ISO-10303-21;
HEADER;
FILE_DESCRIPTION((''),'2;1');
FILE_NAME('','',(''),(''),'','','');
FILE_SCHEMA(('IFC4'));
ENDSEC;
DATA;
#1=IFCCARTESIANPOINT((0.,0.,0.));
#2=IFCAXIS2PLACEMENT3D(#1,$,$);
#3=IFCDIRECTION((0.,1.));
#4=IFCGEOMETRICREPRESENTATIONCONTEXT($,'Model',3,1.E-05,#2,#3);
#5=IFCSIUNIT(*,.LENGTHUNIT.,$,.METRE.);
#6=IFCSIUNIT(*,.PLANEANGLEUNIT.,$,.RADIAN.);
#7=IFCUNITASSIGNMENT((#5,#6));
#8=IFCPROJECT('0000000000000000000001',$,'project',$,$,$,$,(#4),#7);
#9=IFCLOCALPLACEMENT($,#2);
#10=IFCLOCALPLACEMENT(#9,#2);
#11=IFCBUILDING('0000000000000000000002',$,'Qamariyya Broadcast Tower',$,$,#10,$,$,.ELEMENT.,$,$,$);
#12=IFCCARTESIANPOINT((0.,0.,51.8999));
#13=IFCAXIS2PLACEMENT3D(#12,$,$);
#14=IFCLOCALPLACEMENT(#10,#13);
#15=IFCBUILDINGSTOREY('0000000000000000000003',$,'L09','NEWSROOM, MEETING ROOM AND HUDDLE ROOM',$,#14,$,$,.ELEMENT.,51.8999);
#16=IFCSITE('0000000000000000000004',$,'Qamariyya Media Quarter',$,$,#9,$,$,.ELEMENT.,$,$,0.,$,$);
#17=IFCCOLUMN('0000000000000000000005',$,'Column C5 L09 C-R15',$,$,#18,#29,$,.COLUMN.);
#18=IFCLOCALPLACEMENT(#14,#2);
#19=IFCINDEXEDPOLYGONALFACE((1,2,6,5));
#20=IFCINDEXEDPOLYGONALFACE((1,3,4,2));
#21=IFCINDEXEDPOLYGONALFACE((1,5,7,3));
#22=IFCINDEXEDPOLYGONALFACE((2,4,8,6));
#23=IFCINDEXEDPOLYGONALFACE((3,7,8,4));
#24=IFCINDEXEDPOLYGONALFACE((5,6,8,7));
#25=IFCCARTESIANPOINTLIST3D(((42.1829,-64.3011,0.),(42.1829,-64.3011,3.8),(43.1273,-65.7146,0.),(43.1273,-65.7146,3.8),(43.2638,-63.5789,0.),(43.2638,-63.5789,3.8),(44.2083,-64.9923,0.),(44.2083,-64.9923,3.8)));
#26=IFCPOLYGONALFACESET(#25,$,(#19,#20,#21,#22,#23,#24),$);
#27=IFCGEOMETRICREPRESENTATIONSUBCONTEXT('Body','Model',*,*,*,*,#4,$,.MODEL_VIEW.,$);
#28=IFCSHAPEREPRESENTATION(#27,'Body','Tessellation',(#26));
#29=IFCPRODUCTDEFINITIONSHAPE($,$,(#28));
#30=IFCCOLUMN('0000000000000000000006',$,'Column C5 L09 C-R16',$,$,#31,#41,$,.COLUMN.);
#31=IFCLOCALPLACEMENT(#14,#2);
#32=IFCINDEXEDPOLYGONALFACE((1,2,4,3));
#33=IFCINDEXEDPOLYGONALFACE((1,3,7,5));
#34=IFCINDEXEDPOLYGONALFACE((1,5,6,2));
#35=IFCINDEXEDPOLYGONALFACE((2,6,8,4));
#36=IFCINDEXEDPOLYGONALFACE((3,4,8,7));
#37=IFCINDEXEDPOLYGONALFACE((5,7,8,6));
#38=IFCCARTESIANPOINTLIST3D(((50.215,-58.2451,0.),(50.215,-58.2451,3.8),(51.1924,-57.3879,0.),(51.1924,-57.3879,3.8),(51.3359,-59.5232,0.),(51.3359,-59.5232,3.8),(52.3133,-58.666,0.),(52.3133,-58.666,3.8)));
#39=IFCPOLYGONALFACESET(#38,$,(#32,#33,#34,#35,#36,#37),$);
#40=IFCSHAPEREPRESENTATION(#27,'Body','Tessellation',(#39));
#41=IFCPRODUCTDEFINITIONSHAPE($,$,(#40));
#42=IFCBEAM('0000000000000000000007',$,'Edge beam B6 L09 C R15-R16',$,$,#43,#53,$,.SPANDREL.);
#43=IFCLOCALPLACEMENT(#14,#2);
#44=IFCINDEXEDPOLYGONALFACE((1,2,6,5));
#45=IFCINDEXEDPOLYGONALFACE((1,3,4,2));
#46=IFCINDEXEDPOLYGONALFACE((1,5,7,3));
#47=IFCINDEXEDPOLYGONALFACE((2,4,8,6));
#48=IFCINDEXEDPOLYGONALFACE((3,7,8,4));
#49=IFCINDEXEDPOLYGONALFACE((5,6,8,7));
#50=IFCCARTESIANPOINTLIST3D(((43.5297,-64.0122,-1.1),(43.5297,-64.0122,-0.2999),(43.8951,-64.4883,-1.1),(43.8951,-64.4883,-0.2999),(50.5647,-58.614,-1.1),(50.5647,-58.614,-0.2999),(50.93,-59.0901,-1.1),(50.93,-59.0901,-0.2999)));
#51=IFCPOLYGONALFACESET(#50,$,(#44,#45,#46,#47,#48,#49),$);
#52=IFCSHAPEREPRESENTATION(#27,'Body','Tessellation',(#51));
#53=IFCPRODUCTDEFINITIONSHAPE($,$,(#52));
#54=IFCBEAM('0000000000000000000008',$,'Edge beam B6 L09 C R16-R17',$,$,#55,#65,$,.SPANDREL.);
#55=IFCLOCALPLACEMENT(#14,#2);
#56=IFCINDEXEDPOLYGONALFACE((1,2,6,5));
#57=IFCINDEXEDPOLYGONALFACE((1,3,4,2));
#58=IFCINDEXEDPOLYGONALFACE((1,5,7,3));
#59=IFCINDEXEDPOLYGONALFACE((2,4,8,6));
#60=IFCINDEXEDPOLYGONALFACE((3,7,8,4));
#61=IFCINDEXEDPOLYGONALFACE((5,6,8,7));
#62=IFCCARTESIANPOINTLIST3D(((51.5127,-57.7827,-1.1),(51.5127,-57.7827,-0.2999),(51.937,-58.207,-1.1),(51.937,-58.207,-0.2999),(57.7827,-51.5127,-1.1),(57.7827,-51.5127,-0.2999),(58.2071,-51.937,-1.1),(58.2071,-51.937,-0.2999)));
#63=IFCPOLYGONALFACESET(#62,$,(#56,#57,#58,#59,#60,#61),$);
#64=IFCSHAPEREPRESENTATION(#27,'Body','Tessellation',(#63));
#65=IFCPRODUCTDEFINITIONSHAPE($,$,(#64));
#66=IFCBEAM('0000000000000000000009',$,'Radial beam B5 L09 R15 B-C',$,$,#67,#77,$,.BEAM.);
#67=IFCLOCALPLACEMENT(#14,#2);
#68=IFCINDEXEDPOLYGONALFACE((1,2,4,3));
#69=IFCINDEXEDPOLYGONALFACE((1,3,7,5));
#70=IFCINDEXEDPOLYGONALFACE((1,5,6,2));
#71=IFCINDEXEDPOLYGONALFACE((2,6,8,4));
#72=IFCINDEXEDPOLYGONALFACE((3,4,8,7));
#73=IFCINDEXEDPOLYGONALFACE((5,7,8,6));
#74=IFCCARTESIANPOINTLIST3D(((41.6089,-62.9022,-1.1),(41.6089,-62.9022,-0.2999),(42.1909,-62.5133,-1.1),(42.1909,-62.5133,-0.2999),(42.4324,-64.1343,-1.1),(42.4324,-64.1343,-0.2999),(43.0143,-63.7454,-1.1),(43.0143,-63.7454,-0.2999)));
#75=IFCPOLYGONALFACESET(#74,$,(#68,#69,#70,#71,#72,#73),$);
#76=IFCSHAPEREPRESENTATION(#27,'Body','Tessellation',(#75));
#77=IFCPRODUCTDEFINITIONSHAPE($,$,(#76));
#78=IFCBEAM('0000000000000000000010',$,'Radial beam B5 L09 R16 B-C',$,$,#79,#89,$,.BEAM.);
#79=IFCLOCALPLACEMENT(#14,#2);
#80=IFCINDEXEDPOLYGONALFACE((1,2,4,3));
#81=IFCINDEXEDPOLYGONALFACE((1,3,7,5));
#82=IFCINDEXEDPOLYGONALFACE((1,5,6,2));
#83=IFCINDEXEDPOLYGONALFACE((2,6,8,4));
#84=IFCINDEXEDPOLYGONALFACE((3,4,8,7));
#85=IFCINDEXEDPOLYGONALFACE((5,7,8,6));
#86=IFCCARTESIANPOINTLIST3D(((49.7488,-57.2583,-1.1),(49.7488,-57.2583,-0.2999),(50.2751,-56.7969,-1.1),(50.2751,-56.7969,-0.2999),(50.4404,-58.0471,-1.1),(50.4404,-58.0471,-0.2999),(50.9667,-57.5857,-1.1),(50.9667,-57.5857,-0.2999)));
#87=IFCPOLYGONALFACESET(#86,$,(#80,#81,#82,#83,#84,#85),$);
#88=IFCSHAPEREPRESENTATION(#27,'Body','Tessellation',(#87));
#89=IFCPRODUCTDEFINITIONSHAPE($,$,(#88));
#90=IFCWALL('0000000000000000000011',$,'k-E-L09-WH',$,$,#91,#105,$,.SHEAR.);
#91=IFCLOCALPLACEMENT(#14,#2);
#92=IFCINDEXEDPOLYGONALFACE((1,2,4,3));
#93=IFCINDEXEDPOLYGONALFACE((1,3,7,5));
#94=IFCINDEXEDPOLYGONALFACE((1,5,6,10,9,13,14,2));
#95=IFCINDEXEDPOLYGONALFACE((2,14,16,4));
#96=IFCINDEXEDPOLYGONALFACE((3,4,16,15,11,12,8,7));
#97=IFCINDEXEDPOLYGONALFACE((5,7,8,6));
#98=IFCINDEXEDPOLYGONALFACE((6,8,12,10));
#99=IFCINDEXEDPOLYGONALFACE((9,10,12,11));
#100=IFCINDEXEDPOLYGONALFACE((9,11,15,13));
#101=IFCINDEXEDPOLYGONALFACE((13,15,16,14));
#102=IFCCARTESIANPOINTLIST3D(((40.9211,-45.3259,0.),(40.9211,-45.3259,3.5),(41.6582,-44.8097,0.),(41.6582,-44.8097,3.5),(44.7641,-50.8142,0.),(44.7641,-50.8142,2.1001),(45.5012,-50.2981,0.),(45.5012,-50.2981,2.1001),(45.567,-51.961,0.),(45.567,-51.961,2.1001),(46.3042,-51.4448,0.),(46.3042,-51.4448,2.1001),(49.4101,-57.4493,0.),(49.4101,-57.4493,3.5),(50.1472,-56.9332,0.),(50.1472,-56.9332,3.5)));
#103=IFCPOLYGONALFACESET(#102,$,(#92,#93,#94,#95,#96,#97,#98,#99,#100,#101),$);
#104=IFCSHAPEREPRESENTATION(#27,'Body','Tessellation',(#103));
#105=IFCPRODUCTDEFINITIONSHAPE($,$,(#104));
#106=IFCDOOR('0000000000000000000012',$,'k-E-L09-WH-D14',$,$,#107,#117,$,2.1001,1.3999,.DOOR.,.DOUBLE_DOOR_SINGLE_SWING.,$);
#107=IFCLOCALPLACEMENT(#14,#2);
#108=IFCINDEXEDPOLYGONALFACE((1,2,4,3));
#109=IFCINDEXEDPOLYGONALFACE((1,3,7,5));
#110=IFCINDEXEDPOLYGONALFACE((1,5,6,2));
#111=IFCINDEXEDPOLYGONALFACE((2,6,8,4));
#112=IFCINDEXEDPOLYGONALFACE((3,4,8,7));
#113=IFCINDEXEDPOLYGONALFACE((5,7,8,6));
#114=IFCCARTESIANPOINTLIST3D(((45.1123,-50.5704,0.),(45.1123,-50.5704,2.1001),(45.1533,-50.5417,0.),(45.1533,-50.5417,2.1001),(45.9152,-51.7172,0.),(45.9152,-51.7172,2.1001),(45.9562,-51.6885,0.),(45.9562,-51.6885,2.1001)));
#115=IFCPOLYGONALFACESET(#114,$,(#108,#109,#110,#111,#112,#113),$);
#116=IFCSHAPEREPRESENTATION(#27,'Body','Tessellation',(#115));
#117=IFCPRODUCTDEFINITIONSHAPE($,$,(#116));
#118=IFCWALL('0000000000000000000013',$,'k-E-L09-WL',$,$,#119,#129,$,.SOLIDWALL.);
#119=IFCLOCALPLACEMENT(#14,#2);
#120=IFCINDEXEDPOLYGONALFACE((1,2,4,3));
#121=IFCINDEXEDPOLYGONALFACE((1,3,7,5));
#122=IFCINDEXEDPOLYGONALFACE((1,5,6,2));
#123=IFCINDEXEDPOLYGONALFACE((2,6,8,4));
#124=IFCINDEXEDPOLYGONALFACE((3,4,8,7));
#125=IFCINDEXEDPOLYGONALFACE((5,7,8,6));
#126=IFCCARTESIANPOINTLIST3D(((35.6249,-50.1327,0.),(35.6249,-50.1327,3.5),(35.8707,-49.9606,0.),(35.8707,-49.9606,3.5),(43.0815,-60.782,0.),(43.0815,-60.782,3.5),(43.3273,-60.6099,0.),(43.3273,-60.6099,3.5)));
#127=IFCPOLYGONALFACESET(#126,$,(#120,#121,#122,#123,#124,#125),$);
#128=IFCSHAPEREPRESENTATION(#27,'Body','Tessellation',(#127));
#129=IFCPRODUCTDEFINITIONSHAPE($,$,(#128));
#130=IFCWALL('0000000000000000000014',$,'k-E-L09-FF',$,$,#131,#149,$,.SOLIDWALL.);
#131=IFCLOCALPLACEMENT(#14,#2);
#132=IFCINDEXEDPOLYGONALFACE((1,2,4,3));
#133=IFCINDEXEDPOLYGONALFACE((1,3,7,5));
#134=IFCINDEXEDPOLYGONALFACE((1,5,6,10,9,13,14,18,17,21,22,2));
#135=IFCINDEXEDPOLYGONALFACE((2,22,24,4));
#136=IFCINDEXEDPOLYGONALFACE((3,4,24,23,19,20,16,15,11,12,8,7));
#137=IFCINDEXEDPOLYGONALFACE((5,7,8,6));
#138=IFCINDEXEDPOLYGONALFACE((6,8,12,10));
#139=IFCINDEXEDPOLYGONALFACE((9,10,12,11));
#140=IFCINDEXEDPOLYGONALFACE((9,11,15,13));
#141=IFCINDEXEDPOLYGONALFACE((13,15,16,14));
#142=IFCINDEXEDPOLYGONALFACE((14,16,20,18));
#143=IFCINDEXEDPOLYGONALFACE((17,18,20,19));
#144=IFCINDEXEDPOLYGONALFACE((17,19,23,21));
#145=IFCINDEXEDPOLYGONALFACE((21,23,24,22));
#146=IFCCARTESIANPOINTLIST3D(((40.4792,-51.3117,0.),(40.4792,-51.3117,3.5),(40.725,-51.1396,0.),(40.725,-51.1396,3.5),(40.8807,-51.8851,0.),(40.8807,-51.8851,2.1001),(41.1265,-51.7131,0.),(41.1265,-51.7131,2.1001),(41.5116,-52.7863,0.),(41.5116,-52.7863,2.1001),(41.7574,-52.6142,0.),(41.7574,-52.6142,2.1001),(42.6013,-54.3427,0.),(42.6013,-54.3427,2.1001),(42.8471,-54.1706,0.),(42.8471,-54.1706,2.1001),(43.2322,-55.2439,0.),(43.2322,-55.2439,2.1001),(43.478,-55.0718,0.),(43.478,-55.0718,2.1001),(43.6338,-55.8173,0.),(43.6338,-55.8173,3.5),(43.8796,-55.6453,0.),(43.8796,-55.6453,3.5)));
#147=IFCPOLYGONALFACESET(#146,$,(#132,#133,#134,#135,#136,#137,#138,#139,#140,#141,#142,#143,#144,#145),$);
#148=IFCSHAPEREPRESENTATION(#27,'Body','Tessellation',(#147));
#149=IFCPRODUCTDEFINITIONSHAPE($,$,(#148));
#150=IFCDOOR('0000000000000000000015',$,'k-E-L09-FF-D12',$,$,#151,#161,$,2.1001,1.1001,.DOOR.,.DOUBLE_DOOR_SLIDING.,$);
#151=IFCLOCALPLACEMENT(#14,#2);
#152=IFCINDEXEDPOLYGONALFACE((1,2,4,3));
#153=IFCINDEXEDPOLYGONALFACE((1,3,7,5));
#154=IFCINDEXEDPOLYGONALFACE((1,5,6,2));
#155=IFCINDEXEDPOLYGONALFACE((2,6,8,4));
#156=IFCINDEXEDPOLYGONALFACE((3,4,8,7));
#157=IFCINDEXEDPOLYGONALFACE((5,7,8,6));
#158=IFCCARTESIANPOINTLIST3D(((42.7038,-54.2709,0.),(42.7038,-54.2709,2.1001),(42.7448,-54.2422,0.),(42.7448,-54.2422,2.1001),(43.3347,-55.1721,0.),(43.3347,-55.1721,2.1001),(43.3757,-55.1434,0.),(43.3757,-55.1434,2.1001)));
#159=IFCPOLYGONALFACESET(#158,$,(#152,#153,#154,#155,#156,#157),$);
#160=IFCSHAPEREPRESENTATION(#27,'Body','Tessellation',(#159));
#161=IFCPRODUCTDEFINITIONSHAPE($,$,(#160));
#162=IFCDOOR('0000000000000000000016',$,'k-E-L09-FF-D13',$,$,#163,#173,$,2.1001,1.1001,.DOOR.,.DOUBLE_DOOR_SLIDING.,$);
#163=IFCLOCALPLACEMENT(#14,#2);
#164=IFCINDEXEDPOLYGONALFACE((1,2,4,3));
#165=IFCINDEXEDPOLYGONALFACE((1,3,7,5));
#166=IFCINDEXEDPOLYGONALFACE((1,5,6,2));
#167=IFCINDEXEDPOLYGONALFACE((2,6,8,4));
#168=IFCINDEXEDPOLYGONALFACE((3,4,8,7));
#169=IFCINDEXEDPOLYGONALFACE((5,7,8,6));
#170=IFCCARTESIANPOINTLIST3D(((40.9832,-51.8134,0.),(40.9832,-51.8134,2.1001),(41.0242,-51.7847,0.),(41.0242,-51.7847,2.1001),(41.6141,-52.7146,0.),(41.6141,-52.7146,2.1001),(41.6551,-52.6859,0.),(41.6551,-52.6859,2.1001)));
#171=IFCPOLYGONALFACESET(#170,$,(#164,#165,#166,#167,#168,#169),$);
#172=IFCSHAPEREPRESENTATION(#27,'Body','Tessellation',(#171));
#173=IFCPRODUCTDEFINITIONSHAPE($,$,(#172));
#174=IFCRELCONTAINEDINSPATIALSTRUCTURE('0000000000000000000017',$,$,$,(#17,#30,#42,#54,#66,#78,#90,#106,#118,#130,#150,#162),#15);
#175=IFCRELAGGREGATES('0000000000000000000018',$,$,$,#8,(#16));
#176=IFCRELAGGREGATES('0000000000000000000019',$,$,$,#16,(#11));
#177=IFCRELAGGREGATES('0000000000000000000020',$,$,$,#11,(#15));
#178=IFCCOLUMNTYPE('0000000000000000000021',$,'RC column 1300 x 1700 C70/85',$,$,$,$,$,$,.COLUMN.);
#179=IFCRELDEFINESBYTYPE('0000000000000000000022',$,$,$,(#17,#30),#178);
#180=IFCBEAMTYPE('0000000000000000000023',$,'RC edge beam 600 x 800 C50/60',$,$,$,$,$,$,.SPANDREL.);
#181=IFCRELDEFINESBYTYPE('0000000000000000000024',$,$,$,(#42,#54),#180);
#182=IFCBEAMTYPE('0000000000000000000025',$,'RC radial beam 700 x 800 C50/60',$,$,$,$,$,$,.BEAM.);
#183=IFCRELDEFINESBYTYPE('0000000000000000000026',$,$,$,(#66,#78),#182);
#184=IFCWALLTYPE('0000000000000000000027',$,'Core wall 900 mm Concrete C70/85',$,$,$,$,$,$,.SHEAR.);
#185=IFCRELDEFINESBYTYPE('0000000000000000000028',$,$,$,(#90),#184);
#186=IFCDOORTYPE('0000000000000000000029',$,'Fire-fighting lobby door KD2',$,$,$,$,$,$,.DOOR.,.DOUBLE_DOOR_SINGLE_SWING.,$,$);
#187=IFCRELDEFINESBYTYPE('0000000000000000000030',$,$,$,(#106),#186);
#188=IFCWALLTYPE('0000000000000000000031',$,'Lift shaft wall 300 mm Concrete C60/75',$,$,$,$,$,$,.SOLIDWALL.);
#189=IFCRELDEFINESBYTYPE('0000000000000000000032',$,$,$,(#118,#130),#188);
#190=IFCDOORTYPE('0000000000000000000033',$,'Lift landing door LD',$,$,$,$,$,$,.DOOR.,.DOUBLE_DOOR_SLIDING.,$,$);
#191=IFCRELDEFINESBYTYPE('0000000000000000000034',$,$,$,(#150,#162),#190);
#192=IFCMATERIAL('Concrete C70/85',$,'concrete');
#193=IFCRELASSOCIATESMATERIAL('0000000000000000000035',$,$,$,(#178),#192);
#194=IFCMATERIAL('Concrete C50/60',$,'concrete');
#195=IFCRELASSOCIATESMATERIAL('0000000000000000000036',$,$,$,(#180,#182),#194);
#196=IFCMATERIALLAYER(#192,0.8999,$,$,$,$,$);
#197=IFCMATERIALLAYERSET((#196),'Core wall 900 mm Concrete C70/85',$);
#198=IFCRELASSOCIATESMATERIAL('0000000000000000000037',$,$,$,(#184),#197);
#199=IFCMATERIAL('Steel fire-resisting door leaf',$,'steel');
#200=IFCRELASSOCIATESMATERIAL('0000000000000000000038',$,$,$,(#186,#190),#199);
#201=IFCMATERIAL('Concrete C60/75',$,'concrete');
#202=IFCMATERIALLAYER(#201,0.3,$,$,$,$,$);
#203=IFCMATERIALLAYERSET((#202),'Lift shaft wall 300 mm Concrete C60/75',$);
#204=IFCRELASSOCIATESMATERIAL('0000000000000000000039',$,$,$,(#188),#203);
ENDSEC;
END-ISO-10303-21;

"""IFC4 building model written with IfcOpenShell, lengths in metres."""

from ifc_helpers import new_model, si_unit, direction, frame, frame_2d, origin, origin_2d, place, context, subcontext, project, spatial, rectangle, extrude, material, layer, layer_set, material_profile, profile_set, type_object, element, fill, save


model = new_model("IFC4")

# Units and contexts
model_context = context("Model", 3, precision=1e-05, world=origin(), true_north=direction((0.0, 1.0)))
body_context = subcontext(model_context, "Body", "Model", "MODEL_VIEW")
ifc_project = project(units=[si_unit("LENGTHUNIT", "METRE"), si_unit("PLANEANGLEUNIT", "RADIAN")], contexts=[model_context])

# Site, building, storey
site_placement = place(None, origin())
site = spatial("IfcSite", under=ifc_project, at=site_placement, Name="Qamariyya Media Quarter", CompositionType="ELEMENT", RefElevation=0.0)
building_placement = place(site_placement, origin())
building = spatial("IfcBuilding", under=site, at=building_placement, Name="Qamariyya Broadcast Tower", CompositionType="ELEMENT")
storey_placement = place(building_placement, frame((0.0, 0.0, 51.8999)))
storey = spatial("IfcBuildingStorey", under=building, at=storey_placement, Name="L09", Description="NEWSROOM, MEETING ROOM AND HUDDLE ROOM", CompositionType="ELEMENT", Elevation=51.8999)

# Columns
ifc_material_1 = material(Name="Concrete C70/85", Category="concrete")
ifc_material_profile_1 = material_profile(ifc_material_1, rectangle(XDim=1.3, YDim=1.7, at=origin_2d()))
ifc_profile_set_1 = profile_set([ifc_material_profile_1], Name="Concrete C70/85")
column_type = type_object("IfcColumnType", Name="RC column 1300 x 1700 C70/85", PredefinedType="COLUMN", material=ifc_profile_set_1)
for number, where, z_axis, x_axis, name in (
    (1, (43.1956, -64.6467, 0.0), (0.0, 0.0, 1.0), (0.83147, 0.55557, 0.0), "Column C5 L09 C-R15"),
    (2, (51.2642, -58.4556, 0.0), (0.0, 0.0, 1.0), (0.75184, 0.659346, 0.0), "Column C5 L09 C-R16"),
):
    element("IfcColumn", number, at=place(storey_placement, frame(where, z_axis=z_axis, x_axis=x_axis)), inside=storey, type_object=column_type, Name=name, PredefinedType="COLUMN", context=body_context, shape_type="SweptSolid", body=[
        extrude(rectangle(XDim=1.3, YDim=1.7, at=origin_2d()), origin(), (0.0, 0.0, 1.0), 3.8),
    ])

# Beams
ifc_material_2 = material(Name="Concrete C50/60", Category="concrete")
ifc_material_profile_2 = material_profile(ifc_material_2, rectangle(XDim=0.6001, YDim=0.8, at=origin_2d()))
ifc_profile_set_2 = profile_set([ifc_material_profile_2], Name="Concrete C50/60")
beam_type_1 = type_object("IfcBeamType", Name="RC edge beam 600 x 800 C50/60", PredefinedType="SPANDREL", material=ifc_profile_set_2)
beam_1_placement = place(storey_placement, frame((43.7124, -64.2502, -0.7), z_axis=(0.793347, 0.60877, 0.0), x_axis=(-0.60877, 0.793347, 0.0)))
element("IfcBeam", 3, at=beam_1_placement, inside=storey, type_object=beam_type_1, Name="Edge beam B6 L09 C R15-R16", PredefinedType="SPANDREL", context=body_context, shape_type="SweptSolid", body=[
    extrude(rectangle(XDim=0.6001, YDim=0.8, at=origin_2d()), origin(), (0.0, 0.0, 1.0), 8.8674),
])
beam_2_placement = place(storey_placement, frame((51.7249, -57.9949, -0.7), z_axis=(0.707107, 0.707107, 0.0), x_axis=(-0.707107, 0.707107, 0.0)))
element("IfcBeam", 4, at=beam_2_placement, inside=storey, type_object=beam_type_1, Name="Edge beam B6 L09 C R16-R17", PredefinedType="SPANDREL", context=body_context, shape_type="SweptSolid", body=[
    extrude(rectangle(XDim=0.6001, YDim=0.8, at=origin_2d()), origin(), (0.0, 0.0, 1.0), 8.8672),
])
ifc_material_profile_3 = material_profile(ifc_material_2, rectangle(XDim=0.7, YDim=0.8, at=origin_2d()))
ifc_profile_set_3 = profile_set([ifc_material_profile_3], Name="Concrete C50/60")
beam_type_2 = type_object("IfcBeamType", Name="RC radial beam 700 x 800 C50/60", PredefinedType="BEAM", material=ifc_profile_set_3)
beam_3_placement = place(storey_placement, frame((41.8999, -62.7078, -0.7), z_axis=(0.55565, -0.831416, 0.0), x_axis=(0.831416, 0.55565, 0.0)))
element("IfcBeam", 5, at=beam_3_placement, inside=storey, type_object=beam_type_2, Name="Radial beam B5 L09 R15 B-C", PredefinedType="BEAM", context=body_context, shape_type="SweptSolid", body=[
    extrude(rectangle(XDim=0.7, YDim=0.8, at=origin_2d()), origin(), (0.0, 0.0, 1.0), 1.4819),
])
beam_4_placement = place(storey_placement, frame((50.012, -57.0276, -0.7), z_axis=(0.659279, -0.751899, 0.0), x_axis=(0.751899, 0.659279, 0.0)))
element("IfcBeam", 6, at=beam_4_placement, inside=storey, type_object=beam_type_2, Name="Radial beam B5 L09 R16 B-C", PredefinedType="BEAM", context=body_context, shape_type="SweptSolid", body=[
    extrude(rectangle(XDim=0.7, YDim=0.8, at=origin_2d()), origin(), (0.0, 0.0, 1.0), 1.0491),
])

# Wall, opening, door
ifc_layer_1 = layer(ifc_material_1, 0.8999)
ifc_layer_set_1 = layer_set([ifc_layer_1], Name="Core wall 900 mm Concrete C70/85")
wall_type_1 = type_object("IfcWallType", Name="Core wall 900 mm Concrete C70/85", PredefinedType="SHEAR", material=ifc_layer_set_1)
wall_1_placement = place(storey_placement, frame((49.7786, -57.1912, 0.0), z_axis=(0.0, 0.0, 1.0), x_axis=(-0.573577, 0.819151, 0.0)))
wall_1 = element("IfcWall", 7, at=wall_1_placement, inside=storey, type_object=wall_type_1, Name="k-E-L09-WH", PredefinedType="SHEAR", context=body_context, shape_type="SweptSolid", body=[
    extrude(rectangle(XDim=14.8, YDim=0.8999, at=frame_2d((7.3999, 0.0))), origin(), (0.0, 0.0, 1.0), 3.5),
])
opening_1_placement = place(wall_1_placement, frame((6.7, 0.0, 0.0)))
opening_1 = element("IfcOpeningElement", 8, at=opening_1_placement, cuts=wall_1, PredefinedType="OPENING", context=body_context, shape_type="SweptSolid", body=[
    extrude(rectangle(XDim=1.3999, YDim=2.1001, at=frame_2d((0.7, 1.05))), frame((0.0, 0.46, 0.0), z_axis=(0.0, -1.0, 0.0), x_axis=(1.0, 0.0, 0.0)), (0.0, 0.0, 1.0), 0.9199),
])
ifc_material_3 = material(Name="Steel fire-resisting door leaf", Category="steel")
door_type_1 = type_object("IfcDoorType", Name="Fire-fighting lobby door KD2", OperationType="DOUBLE_DOOR_SINGLE_SWING", PredefinedType="DOOR", material=ifc_material_3)
door_1_placement = place(opening_1_placement, origin())
door_1 = element("IfcDoor", 9, at=door_1_placement, inside=storey, type_object=door_type_1, Name="k-E-L09-WH-D14", OperationType="DOUBLE_DOOR_SINGLE_SWING", OverallHeight=2.1001, OverallWidth=1.3999, PredefinedType="DOOR", context=body_context, shape_type="SweptSolid", body=[
    extrude(rectangle(XDim=1.3999, YDim=2.1001, at=frame_2d((0.7, 1.05))), frame((0.0, 0.0249, 0.0), z_axis=(0.0, -1.0, 0.0), x_axis=(1.0, 0.0, 0.0)), (0.0, 0.0, 1.0), 0.05),
])
fill(opening_1, door_1)

# Wall
ifc_material_4 = material(Name="Concrete C60/75", Category="concrete")
ifc_layer_2 = layer(ifc_material_4, 0.3)
ifc_layer_set_2 = layer_set([ifc_layer_2], Name="Lift shaft wall 300 mm Concrete C60/75")
wall_type_2 = type_object("IfcWallType", Name="Lift shaft wall 300 mm Concrete C60/75", PredefinedType="SOLIDWALL", material=ifc_layer_set_2)
wall_2_placement = place(storey_placement, frame((43.2043, -60.6958, 0.0), z_axis=(0.0, 0.0, 1.0), x_axis=(-0.573572, 0.819155, 0.0)))
element("IfcWall", 10, at=wall_2_placement, inside=storey, type_object=wall_type_2, Name="k-E-L09-WL", PredefinedType="SOLIDWALL", context=body_context, shape_type="SweptSolid", body=[
    extrude(rectangle(XDim=13.0002, YDim=0.3, at=frame_2d((6.5, 0.0))), origin(), (0.0, 0.0, 1.0), 3.5),
])

# Wall, openings, doors
wall_3_placement = place(storey_placement, frame((43.7566, -55.7312, 0.0), z_axis=(0.0, 0.0, 1.0), x_axis=(-0.573537, 0.81918, 0.0)))
wall_3 = element("IfcWall", 11, at=wall_3_placement, inside=storey, type_object=wall_type_2, Name="k-E-L09-FF", PredefinedType="SOLIDWALL", context=body_context, shape_type="SweptSolid", body=[
    extrude(rectangle(XDim=5.5002, YDim=0.3, at=frame_2d((2.75, 0.0))), origin(), (0.0, 0.0, 1.0), 3.5),
])
opening_2_placement = place(wall_3_placement, frame((0.7, 0.0, 0.0)))
opening_2 = element("IfcOpeningElement", 12, at=opening_2_placement, cuts=wall_3, PredefinedType="OPENING", context=body_context, shape_type="SweptSolid", body=[
    extrude(rectangle(XDim=1.1001, YDim=2.1001, at=frame_2d((0.55, 1.05))), frame((0.0, 0.1599, 0.0), z_axis=(0.0, -1.0, 0.0), x_axis=(1.0, 0.0, 0.0)), (0.0, 0.0, 1.0), 0.3201),
])
opening_3_placement = place(wall_3_placement, frame((3.7, 0.0, 0.0)))
opening_3 = element("IfcOpeningElement", 13, at=opening_3_placement, cuts=wall_3, PredefinedType="OPENING", context=body_context, shape_type="SweptSolid", body=[
    extrude(rectangle(XDim=1.1001, YDim=2.1001, at=frame_2d((0.55, 1.05))), frame((0.0, 0.1599, 0.0), z_axis=(0.0, -1.0, 0.0), x_axis=(1.0, 0.0, 0.0)), (0.0, 0.0, 1.0), 0.3201),
])
door_type_2 = type_object("IfcDoorType", Name="Lift landing door LD", OperationType="DOUBLE_DOOR_SLIDING", PredefinedType="DOOR", material=ifc_material_3)
door_2_placement = place(opening_2_placement, origin())
door_2 = element("IfcDoor", 14, at=door_2_placement, inside=storey, type_object=door_type_2, Name="k-E-L09-FF-D12", OperationType="DOUBLE_DOOR_SLIDING", OverallHeight=2.1001, OverallWidth=1.1001, PredefinedType="DOOR", context=body_context, shape_type="SweptSolid", body=[
    extrude(rectangle(XDim=1.1001, YDim=2.1001, at=frame_2d((0.55, 1.05))), frame((0.0, 0.0249, 0.0), z_axis=(0.0, -1.0, 0.0), x_axis=(1.0, 0.0, 0.0)), (0.0, 0.0, 1.0), 0.05),
])
fill(opening_2, door_2)
door_3_placement = place(opening_3_placement, origin())
door_3 = element("IfcDoor", 15, at=door_3_placement, inside=storey, type_object=door_type_2, Name="k-E-L09-FF-D13", OperationType="DOUBLE_DOOR_SLIDING", OverallHeight=2.1001, OverallWidth=1.1001, PredefinedType="DOOR", context=body_context, shape_type="SweptSolid", body=[
    extrude(rectangle(XDim=1.1001, YDim=2.1001, at=frame_2d((0.55, 1.05))), frame((0.0, 0.0249, 0.0), z_axis=(0.0, -1.0, 0.0), x_axis=(1.0, 0.0, 0.0)), (0.0, 0.0, 1.0), 0.05),
])
fill(opening_3, door_3)

save(model, "model.ifc")
